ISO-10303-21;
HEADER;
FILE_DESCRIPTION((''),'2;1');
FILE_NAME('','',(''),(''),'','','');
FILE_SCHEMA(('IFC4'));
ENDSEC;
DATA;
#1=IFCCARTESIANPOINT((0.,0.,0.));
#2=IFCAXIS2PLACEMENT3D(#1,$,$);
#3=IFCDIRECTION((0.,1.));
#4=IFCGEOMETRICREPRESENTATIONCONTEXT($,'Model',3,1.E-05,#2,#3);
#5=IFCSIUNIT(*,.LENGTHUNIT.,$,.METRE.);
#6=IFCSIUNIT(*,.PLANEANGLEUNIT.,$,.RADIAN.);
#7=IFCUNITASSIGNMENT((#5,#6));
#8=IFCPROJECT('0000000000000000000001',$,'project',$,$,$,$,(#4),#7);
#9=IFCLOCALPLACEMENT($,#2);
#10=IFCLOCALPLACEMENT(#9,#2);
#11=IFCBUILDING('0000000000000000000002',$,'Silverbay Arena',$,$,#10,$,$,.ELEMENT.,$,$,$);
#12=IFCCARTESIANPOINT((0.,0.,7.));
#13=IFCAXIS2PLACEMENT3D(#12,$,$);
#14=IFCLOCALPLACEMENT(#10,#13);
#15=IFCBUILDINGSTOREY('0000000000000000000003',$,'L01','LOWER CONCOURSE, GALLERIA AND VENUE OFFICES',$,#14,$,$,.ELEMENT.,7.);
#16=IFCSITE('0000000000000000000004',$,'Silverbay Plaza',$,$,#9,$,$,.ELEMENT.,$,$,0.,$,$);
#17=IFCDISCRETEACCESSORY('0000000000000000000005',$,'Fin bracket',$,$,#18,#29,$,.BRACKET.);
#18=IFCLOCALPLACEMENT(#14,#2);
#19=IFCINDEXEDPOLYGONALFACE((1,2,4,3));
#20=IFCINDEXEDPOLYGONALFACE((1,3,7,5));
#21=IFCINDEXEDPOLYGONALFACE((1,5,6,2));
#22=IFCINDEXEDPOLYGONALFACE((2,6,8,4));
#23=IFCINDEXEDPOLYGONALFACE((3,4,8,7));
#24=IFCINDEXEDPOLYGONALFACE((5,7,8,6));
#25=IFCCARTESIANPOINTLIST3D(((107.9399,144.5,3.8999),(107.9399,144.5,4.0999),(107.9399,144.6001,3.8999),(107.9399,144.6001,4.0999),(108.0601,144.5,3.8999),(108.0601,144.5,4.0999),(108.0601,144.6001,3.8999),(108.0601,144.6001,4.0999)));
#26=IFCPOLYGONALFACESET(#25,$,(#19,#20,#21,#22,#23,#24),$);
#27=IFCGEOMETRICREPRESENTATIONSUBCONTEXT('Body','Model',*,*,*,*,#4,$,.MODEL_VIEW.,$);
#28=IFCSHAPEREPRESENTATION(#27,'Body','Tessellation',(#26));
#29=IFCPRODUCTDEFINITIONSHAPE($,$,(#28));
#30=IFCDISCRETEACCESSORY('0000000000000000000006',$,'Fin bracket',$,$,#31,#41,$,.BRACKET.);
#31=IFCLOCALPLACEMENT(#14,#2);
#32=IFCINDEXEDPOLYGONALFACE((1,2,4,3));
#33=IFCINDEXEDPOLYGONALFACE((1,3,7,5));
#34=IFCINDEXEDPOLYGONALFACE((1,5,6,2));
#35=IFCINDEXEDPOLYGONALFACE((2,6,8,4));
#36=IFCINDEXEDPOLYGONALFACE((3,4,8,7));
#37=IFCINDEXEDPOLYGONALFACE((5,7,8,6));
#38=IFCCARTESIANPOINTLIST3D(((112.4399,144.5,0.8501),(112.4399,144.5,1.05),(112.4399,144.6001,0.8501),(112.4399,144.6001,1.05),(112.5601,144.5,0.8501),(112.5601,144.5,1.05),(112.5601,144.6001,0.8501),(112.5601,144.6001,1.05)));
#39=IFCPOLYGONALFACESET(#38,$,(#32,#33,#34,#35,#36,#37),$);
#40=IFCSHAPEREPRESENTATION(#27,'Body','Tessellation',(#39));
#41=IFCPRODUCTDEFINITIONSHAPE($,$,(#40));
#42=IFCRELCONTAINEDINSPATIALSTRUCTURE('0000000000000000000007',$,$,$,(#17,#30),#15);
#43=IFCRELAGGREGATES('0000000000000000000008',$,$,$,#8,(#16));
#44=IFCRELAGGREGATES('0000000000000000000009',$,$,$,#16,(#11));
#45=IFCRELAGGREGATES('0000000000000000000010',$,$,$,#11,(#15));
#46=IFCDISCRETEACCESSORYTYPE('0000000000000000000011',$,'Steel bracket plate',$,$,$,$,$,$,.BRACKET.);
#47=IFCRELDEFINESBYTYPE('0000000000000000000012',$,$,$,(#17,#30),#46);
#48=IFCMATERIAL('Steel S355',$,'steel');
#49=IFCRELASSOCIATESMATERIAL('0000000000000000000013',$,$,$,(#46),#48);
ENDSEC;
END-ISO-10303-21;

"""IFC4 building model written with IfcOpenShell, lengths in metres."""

from ifc_helpers import new_model, si_unit, direction, frame, origin, origin_2d, place, context, subcontext, project, spatial, rectangle, extrude, material, type_object, element, save


model = new_model("IFC4")

# Units and contexts
model_context = context("Model", 3, precision=1e-05, world=origin(), true_north=direction((0.0, 1.0)))
body_context = subcontext(model_context, "Body", "Model", "MODEL_VIEW")
ifc_project = project(units=[si_unit("LENGTHUNIT", "METRE"), si_unit("PLANEANGLEUNIT", "RADIAN")], contexts=[model_context])

# Site, building, storey
site_placement = place(None, origin())
site = spatial("IfcSite", under=ifc_project, at=site_placement, Name="Silverbay Plaza", CompositionType="ELEMENT", RefElevation=0.0)
building_placement = place(site_placement, origin())
building = spatial("IfcBuilding", under=site, at=building_placement, Name="Silverbay Arena", CompositionType="ELEMENT")
storey_placement = place(building_placement, frame((0.0, 0.0, 7.0)))
storey = spatial("IfcBuildingStorey", under=building, at=storey_placement, Name="L01", Description="LOWER CONCOURSE, GALLERIA AND VENUE OFFICES", CompositionType="ELEMENT", Elevation=7.0)

# Discrete accessories
ifc_material_1 = material(Name="Steel S355", Category="steel")
discrete_accessory_type = type_object("IfcDiscreteAccessoryType", Name="Steel bracket plate", PredefinedType="BRACKET", material=ifc_material_1)
for number, where, z_axis, x_axis, name in (
    (1, (108.0, 144.55, 3.8999), (0.0, 0.0, 1.0), (1.0, 0.0, 0.0), "Fin bracket"),
    (2, (112.5, 144.55, 0.8501), (0.0, 0.0, 1.0), (1.0, 0.0, 0.0), "Fin bracket"),
):
    element("IfcDiscreteAccessory", number, at=place(storey_placement, frame(where, z_axis=z_axis, x_axis=x_axis)), inside=storey, type_object=discrete_accessory_type, Name=name, PredefinedType="BRACKET", context=body_context, shape_type="SweptSolid", body=[
        extrude(rectangle(XDim=0.1201, YDim=0.1001, at=origin_2d()), origin(), (0.0, 0.0, 1.0), 0.2),
    ])

save(model, "model.ifc")
